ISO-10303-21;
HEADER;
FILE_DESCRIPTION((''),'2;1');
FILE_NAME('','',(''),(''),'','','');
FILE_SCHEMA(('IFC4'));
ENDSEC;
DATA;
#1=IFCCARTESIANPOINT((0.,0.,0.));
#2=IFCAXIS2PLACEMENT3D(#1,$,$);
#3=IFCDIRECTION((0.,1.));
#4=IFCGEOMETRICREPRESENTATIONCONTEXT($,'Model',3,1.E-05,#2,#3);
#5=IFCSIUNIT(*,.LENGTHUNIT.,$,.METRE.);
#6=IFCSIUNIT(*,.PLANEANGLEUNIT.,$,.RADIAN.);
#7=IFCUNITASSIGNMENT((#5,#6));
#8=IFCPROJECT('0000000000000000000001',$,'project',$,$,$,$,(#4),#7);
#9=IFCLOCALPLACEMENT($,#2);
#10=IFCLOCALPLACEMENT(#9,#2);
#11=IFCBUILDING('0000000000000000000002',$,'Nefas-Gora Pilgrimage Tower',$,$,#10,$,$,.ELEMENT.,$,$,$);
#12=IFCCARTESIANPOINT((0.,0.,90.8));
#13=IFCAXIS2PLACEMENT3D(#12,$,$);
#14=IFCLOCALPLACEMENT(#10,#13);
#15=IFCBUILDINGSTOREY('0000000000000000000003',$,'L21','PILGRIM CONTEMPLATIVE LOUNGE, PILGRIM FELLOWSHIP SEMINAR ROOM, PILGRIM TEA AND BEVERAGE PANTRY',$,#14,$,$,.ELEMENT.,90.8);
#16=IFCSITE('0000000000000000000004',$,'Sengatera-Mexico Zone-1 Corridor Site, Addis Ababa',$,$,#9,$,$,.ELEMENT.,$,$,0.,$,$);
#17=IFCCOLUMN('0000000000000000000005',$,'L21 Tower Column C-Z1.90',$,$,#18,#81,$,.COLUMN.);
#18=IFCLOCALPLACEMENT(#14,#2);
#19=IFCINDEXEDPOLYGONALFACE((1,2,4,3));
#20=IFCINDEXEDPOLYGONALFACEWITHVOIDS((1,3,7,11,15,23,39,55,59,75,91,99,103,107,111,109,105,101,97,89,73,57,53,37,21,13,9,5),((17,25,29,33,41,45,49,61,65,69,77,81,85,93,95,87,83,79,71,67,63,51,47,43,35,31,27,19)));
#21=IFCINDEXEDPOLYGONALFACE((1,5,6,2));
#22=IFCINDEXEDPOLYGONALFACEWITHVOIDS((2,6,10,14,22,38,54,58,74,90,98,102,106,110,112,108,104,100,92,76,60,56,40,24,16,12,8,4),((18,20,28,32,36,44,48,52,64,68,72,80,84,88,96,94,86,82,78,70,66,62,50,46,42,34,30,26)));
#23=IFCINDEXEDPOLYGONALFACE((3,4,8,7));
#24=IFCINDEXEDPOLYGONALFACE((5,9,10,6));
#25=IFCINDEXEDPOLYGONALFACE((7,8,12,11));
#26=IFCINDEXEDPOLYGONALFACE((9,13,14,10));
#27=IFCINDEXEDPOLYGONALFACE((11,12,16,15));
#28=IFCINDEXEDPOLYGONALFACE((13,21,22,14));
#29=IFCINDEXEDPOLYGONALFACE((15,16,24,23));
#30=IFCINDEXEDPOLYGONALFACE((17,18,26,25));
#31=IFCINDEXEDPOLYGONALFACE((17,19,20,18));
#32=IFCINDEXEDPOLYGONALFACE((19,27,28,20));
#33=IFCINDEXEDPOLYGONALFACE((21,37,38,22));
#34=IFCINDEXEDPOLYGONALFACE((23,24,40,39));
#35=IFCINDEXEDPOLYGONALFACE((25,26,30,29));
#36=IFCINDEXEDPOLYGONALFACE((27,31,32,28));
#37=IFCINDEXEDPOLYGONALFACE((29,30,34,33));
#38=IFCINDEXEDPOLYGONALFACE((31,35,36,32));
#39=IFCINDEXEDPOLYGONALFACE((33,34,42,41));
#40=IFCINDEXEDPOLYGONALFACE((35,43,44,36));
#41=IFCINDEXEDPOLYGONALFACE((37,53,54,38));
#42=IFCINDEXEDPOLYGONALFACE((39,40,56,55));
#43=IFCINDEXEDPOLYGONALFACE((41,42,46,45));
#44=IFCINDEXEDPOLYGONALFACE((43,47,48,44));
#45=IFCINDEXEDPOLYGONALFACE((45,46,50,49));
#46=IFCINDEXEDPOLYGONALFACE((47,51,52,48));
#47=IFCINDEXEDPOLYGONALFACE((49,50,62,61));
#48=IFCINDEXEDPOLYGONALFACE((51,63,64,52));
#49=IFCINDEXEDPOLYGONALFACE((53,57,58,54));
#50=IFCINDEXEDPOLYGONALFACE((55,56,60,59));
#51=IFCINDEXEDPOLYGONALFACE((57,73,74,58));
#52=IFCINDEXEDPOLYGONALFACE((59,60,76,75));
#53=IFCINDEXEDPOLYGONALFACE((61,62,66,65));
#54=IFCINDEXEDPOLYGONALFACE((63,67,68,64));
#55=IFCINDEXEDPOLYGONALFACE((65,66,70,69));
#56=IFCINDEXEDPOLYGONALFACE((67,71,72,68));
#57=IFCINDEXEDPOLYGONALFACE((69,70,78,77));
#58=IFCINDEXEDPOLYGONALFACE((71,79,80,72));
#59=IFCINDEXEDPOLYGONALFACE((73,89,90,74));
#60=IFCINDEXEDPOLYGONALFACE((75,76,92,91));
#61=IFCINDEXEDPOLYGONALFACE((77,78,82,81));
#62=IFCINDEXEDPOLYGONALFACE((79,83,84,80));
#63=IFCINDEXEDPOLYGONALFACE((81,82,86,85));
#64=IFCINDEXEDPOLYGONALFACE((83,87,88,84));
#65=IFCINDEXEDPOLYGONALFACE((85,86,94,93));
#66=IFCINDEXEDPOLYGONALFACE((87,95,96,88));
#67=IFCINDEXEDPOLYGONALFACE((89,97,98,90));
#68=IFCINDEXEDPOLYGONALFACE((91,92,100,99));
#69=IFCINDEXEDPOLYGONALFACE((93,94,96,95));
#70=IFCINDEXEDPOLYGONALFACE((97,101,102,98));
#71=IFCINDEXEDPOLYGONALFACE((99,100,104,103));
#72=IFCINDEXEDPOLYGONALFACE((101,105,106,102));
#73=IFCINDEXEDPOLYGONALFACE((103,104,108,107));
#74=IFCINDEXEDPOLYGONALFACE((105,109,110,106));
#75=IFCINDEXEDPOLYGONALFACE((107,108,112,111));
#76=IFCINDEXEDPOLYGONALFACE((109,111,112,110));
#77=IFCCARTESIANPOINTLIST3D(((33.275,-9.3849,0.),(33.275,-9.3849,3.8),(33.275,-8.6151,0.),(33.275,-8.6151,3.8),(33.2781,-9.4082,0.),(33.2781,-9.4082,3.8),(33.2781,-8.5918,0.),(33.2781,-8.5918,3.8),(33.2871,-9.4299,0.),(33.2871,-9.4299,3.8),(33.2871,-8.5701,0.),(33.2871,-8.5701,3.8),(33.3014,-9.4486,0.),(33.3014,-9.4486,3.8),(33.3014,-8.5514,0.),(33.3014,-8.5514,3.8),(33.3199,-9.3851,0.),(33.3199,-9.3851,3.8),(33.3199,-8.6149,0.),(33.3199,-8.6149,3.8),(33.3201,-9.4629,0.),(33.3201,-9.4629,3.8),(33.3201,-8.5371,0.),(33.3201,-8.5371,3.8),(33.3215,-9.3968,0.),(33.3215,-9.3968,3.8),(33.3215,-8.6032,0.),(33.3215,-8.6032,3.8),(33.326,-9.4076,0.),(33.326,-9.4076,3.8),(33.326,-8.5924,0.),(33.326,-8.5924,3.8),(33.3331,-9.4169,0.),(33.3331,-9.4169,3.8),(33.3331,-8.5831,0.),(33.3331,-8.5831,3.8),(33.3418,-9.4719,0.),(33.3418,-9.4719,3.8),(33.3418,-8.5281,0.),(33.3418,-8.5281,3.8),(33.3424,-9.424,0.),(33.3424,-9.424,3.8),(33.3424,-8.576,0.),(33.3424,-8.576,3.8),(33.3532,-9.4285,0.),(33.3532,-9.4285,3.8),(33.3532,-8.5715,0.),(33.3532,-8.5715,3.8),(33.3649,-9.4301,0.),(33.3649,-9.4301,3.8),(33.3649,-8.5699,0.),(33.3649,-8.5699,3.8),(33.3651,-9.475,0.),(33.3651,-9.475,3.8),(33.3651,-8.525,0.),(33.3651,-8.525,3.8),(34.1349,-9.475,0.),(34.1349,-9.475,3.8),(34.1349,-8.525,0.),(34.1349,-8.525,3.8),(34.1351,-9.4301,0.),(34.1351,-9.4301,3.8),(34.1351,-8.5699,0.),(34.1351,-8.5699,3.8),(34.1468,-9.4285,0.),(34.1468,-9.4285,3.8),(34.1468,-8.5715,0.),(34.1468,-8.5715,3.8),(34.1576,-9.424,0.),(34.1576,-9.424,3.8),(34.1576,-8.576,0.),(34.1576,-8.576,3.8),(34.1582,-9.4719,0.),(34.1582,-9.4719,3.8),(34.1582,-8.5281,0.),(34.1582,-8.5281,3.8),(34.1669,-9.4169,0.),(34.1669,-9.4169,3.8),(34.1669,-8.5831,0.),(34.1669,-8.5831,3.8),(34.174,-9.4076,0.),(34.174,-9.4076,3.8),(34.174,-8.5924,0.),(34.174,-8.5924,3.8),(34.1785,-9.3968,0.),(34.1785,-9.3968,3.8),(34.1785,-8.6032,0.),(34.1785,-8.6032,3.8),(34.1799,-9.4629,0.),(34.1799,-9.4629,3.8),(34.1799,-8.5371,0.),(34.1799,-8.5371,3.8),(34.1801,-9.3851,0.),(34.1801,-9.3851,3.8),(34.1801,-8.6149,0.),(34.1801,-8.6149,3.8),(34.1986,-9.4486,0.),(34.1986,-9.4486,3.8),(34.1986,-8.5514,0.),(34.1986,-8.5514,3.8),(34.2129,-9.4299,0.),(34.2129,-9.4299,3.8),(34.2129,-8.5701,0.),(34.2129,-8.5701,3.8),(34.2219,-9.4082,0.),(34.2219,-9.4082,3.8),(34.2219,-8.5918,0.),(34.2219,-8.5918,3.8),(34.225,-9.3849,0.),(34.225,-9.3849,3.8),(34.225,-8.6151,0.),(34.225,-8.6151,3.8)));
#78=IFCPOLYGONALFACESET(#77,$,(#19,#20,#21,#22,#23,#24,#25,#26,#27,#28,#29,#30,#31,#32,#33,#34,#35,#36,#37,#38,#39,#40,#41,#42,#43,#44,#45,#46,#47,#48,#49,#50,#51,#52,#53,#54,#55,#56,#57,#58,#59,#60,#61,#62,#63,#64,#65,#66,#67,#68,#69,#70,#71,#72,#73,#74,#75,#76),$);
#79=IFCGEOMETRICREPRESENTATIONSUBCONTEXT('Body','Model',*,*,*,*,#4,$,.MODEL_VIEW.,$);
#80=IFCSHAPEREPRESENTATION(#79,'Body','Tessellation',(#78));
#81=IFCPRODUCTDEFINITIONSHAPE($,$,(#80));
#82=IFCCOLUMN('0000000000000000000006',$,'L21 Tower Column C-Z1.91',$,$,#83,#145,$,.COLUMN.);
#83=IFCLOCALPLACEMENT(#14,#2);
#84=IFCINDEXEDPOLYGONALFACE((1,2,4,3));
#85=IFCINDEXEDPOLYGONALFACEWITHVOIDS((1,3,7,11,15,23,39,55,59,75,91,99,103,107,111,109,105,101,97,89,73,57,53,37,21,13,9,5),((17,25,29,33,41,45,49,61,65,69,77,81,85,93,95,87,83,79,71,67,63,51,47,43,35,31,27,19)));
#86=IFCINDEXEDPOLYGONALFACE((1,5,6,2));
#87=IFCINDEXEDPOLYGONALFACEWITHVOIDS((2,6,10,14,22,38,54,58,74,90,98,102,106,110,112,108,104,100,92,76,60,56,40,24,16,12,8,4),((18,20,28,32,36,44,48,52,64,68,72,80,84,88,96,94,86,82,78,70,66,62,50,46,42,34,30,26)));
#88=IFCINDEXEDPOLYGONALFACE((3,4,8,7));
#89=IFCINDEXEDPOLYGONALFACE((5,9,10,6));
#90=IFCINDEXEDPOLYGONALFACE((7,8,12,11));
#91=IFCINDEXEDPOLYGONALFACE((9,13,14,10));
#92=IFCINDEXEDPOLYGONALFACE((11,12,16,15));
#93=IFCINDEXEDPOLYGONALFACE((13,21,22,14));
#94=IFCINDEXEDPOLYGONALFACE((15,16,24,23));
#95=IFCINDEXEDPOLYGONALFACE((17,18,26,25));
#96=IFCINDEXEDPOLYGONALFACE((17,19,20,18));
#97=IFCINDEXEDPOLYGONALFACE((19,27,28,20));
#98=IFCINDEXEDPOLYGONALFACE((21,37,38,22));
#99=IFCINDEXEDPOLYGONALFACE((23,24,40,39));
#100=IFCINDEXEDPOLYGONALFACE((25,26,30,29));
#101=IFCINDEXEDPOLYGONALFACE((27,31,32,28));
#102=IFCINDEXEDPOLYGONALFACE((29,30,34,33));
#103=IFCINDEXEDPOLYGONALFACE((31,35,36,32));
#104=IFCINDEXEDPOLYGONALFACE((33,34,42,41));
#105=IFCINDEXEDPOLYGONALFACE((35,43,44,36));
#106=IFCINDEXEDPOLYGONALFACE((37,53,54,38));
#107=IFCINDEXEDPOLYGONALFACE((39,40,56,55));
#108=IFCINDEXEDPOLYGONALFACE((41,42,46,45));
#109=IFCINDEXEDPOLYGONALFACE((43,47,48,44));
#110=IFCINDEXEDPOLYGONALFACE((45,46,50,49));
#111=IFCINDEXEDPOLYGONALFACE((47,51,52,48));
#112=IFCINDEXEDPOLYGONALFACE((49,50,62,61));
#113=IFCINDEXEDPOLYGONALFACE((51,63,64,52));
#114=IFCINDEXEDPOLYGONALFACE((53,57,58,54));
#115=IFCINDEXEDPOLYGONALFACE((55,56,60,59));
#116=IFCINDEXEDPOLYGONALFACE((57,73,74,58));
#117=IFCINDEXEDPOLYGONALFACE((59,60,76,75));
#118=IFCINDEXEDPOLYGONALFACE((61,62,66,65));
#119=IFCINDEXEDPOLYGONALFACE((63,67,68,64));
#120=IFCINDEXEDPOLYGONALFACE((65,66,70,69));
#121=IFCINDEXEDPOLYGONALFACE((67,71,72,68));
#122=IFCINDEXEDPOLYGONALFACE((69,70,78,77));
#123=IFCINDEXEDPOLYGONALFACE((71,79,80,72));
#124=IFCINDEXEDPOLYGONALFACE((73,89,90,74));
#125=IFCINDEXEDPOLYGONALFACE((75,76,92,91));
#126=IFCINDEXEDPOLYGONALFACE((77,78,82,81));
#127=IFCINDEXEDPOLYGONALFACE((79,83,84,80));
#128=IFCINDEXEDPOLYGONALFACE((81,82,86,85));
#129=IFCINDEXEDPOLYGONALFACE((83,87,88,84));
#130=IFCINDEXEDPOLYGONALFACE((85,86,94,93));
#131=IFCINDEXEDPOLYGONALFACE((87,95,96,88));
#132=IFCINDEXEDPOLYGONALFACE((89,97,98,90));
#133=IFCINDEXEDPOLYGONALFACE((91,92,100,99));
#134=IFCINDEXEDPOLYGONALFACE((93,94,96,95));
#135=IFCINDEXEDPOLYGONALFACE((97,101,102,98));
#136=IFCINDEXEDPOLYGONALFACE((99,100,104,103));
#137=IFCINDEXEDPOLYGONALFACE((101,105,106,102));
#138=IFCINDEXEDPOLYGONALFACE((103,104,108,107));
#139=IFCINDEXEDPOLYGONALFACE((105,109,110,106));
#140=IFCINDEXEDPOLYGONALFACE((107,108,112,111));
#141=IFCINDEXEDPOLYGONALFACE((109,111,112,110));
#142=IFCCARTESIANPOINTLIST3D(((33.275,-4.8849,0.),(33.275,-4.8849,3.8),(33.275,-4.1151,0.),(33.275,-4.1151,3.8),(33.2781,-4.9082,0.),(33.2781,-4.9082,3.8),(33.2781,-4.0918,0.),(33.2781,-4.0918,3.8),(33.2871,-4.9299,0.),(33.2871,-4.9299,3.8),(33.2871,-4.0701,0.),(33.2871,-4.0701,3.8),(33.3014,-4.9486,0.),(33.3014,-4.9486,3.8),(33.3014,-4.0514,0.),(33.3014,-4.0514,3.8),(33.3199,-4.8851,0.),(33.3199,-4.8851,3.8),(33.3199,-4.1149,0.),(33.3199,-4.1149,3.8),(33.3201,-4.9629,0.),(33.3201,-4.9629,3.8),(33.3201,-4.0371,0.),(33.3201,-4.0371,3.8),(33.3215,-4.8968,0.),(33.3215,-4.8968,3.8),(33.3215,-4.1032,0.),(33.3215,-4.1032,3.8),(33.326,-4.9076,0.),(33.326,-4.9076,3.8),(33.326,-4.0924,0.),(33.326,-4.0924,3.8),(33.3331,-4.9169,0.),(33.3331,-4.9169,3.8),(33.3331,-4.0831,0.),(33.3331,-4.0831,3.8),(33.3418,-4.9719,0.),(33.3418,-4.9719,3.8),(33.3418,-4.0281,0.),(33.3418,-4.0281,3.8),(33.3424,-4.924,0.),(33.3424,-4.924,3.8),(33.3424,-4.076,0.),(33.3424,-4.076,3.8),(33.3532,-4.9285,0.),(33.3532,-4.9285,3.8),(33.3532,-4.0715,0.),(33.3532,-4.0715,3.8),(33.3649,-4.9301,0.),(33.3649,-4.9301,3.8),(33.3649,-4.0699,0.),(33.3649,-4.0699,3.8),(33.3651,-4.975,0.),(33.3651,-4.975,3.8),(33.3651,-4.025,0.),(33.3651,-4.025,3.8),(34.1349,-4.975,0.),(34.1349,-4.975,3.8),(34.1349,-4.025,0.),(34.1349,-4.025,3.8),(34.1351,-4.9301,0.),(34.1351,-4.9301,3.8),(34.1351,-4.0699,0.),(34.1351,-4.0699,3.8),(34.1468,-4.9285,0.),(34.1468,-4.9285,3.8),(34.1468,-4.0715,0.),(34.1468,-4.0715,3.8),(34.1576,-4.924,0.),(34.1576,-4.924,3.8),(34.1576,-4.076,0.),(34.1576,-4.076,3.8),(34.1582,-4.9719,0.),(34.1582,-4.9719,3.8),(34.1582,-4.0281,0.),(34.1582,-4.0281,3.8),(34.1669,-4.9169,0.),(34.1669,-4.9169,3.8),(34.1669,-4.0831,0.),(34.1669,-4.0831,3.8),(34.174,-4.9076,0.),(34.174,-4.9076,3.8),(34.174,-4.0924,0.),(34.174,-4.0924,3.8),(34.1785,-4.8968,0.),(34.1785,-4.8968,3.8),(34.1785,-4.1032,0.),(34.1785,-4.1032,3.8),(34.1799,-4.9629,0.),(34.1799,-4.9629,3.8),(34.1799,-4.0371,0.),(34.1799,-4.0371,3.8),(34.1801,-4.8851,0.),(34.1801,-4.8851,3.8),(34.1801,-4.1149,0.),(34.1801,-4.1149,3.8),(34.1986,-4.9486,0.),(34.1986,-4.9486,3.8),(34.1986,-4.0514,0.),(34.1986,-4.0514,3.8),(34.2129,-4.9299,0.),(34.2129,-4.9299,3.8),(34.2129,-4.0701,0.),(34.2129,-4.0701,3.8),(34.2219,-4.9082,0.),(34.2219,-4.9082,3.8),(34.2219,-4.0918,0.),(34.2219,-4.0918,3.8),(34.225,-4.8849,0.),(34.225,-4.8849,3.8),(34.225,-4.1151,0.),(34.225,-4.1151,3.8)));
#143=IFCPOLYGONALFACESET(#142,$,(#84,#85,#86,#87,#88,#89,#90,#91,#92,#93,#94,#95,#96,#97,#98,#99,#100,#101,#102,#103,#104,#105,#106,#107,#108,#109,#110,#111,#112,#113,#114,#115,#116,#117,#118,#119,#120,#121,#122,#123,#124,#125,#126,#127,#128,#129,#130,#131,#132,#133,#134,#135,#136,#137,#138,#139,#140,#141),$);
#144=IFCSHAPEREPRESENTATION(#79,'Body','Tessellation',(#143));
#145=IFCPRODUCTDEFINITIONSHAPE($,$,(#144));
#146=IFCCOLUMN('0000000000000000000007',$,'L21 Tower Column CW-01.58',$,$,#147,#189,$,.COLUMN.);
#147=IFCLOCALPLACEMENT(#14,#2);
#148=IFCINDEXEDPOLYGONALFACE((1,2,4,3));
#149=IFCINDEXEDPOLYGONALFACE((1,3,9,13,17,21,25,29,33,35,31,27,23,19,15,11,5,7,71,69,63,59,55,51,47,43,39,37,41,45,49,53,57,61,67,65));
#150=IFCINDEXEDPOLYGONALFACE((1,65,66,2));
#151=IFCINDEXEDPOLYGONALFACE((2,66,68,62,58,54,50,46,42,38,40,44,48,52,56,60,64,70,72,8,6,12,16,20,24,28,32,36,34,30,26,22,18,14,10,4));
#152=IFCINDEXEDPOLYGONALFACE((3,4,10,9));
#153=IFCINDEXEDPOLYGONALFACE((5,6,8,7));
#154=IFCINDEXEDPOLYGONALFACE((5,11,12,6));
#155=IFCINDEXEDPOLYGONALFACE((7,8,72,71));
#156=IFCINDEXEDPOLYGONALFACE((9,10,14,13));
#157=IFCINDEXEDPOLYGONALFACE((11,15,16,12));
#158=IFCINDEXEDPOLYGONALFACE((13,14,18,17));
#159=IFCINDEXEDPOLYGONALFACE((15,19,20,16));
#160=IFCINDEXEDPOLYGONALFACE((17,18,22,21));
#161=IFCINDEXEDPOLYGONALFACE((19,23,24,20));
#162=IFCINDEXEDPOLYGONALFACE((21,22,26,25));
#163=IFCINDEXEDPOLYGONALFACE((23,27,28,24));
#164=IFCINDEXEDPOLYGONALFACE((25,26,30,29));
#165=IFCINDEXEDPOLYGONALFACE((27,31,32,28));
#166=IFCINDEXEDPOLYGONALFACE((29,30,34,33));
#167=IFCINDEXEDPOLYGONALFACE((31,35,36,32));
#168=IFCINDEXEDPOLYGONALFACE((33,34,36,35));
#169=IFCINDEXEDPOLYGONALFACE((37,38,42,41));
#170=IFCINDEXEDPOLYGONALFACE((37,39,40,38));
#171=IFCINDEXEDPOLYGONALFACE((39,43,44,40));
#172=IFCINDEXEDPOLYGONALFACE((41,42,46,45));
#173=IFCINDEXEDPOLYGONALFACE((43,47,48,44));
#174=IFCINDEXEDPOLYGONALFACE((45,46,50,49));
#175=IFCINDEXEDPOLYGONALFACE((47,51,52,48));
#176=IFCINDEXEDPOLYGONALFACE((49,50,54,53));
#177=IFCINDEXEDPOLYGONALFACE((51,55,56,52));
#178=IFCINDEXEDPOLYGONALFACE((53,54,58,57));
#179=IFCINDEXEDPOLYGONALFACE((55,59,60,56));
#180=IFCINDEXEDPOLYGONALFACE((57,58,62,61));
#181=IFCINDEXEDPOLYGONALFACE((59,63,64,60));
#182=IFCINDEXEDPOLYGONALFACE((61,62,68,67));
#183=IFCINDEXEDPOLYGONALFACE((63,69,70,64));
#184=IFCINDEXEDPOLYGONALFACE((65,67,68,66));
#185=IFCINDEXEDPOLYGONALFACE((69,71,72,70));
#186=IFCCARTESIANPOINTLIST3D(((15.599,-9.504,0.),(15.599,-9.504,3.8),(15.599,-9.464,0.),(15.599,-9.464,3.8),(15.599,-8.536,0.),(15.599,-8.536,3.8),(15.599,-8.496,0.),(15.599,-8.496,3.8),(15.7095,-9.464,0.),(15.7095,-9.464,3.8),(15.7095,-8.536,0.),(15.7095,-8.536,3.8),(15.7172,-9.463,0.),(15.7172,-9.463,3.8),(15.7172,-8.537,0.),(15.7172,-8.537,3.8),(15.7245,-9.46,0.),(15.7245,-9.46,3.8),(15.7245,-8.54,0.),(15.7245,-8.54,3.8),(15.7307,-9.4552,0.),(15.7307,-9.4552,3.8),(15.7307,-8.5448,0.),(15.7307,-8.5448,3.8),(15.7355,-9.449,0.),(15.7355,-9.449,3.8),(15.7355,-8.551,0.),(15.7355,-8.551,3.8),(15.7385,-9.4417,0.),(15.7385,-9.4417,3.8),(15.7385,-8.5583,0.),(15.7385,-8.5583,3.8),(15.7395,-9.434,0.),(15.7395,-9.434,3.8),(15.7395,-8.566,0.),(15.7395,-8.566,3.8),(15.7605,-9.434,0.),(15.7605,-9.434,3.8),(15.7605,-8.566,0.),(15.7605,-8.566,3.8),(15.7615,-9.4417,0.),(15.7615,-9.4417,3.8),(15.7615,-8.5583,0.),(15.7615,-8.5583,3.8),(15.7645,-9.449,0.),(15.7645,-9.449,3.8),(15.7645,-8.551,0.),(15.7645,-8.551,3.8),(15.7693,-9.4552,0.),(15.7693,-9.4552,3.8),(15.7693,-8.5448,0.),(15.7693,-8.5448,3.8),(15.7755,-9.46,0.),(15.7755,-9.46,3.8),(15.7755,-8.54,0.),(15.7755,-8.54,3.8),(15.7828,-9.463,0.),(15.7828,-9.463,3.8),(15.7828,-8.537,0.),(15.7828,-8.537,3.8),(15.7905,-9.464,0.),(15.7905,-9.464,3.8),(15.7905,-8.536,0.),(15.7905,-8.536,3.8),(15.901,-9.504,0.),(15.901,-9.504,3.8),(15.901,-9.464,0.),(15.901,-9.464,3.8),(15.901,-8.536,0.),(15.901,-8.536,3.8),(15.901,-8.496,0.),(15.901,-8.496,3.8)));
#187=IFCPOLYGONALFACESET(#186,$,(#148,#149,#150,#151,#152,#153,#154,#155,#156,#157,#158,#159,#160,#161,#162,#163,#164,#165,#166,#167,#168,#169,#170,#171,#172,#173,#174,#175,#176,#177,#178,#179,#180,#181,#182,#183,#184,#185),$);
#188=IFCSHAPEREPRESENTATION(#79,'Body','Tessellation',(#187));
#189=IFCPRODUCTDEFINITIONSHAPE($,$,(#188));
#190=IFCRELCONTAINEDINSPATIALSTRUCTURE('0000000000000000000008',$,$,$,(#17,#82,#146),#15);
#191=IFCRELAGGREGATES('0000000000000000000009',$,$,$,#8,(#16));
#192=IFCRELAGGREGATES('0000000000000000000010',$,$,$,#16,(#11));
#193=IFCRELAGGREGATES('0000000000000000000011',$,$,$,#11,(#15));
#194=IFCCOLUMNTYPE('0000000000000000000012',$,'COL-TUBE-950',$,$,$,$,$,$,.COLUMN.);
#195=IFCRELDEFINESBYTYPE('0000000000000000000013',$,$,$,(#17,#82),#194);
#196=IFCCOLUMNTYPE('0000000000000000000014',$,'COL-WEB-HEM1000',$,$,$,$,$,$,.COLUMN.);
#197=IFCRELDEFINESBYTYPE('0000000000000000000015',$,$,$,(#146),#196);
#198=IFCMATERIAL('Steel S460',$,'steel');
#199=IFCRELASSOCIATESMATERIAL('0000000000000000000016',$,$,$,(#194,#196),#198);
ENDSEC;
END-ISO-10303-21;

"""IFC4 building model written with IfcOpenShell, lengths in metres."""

from ifc_helpers import new_model, si_unit, direction, frame, origin, origin_2d, place, context, subcontext, project, spatial, hollow_rectangle, i_section, extrude, source, transform, mapped, material, material_profile, profile_set, type_object, element, save


model = new_model("IFC4")

# Units and contexts
model_context = context("Model", 3, precision=1e-05, world=origin(), true_north=direction((0.0, 1.0)))
body_context = subcontext(model_context, "Body", "Model", "MODEL_VIEW")
ifc_project = project(units=[si_unit("LENGTHUNIT", "METRE"), si_unit("PLANEANGLEUNIT", "RADIAN")], contexts=[model_context])

# Site, building, storey
site_placement = place(None, origin())
site = spatial("IfcSite", under=ifc_project, at=site_placement, Name="Sengatera-Mexico Zone-1 Corridor Site, Addis Ababa", CompositionType="ELEMENT", RefElevation=0.0)
building_placement = place(site_placement, origin())
building = spatial("IfcBuilding", under=site, at=building_placement, Name="Nefas-Gora Pilgrimage Tower", CompositionType="ELEMENT")
storey_placement = place(building_placement, frame((0.0, 0.0, 90.8)))
storey = spatial("IfcBuildingStorey", under=building, at=storey_placement, Name="L21", Description="PILGRIM CONTEMPLATIVE LOUNGE, PILGRIM FELLOWSHIP SEMINAR ROOM, PILGRIM TEA AND BEVERAGE PANTRY", CompositionType="ELEMENT", Elevation=90.8)

# Columns
ifc_material_1 = material(Name="Steel S460", Category="steel")
ifc_material_profile_1 = material_profile(ifc_material_1, hollow_rectangle(XDim=0.95, YDim=0.95, WallThickness=0.0449, InnerFilletRadius=0.0449, OuterFilletRadius=0.0901, at=origin_2d()), Name="BOX 950x950x45")
ifc_profile_set_1 = profile_set([ifc_material_profile_1], Name="Steel S460")
column_type_1 = type_object("IfcColumnType", Name="COL-TUBE-950", PredefinedType="COLUMN", material=ifc_profile_set_1)
shared_shape_1 = source(origin(), body_context, "Body", "SweptSolid", [
    extrude(hollow_rectangle(XDim=0.95, YDim=0.95, WallThickness=0.0449, InnerFilletRadius=0.0449, OuterFilletRadius=0.0901, at=origin_2d()), origin(), (0.0, 0.0, 1.0), 3.8),
])
for number, where, z_axis, x_axis, name in (
    (1, (33.75, -9.0, 0.0), (0.0, 0.0, 1.0), (1.0, 0.0, 0.0), "L21 Tower Column C-Z1.90"),
    (2, (33.75, -4.5, 0.0), (0.0, 0.0, 1.0), (1.0, 0.0, 0.0), "L21 Tower Column C-Z1.91"),
):
    element("IfcColumn", number, at=place(storey_placement, frame(where, z_axis=z_axis, x_axis=x_axis)), inside=storey, type_object=column_type_1, Name=name, PredefinedType="COLUMN", context=body_context, shape_type="MappedRepresentation", body=[
        mapped(shared_shape_1, transform((0.0, 0.0, 0.0), x_axis=(1.0, 0.0, 0.0), y_axis=(0.0, 1.0, 0.0), z_axis=(0.0, 0.0, 1.0), scale=1.0)),
    ])
ifc_material_profile_2 = material_profile(ifc_material_1, i_section(OverallWidth=0.302, OverallDepth=1.0081, WebThickness=0.021, FlangeThickness=0.04, FilletRadius=0.03, at=origin_2d()), Name="HEM 1000")
ifc_profile_set_2 = profile_set([ifc_material_profile_2], Name="Steel S460")
column_type_2 = type_object("IfcColumnType", Name="COL-WEB-HEM1000", PredefinedType="COLUMN", material=ifc_profile_set_2)
shared_shape_2 = source(origin(), body_context, "Body", "SweptSolid", [
    extrude(i_section(OverallWidth=0.302, OverallDepth=1.0081, WebThickness=0.021, FlangeThickness=0.04, FilletRadius=0.03, at=origin_2d()), origin(), (0.0, 0.0, 1.0), 3.8),
])
for number, where, z_axis, x_axis, name in (
    (3, (15.75, -9.0, 0.0), (0.0, 0.0, 1.0), (1.0, 0.0, 0.0), "L21 Tower Column CW-01.58"),
):
    element("IfcColumn", number, at=place(storey_placement, frame(where, z_axis=z_axis, x_axis=x_axis)), inside=storey, type_object=column_type_2, Name=name, PredefinedType="COLUMN", context=body_context, shape_type="MappedRepresentation", body=[
        mapped(shared_shape_2, transform((0.0, 0.0, 0.0), x_axis=(1.0, 0.0, 0.0), y_axis=(0.0, 1.0, 0.0), z_axis=(0.0, 0.0, 1.0), scale=1.0)),
    ])

save(model, "model.ifc")
